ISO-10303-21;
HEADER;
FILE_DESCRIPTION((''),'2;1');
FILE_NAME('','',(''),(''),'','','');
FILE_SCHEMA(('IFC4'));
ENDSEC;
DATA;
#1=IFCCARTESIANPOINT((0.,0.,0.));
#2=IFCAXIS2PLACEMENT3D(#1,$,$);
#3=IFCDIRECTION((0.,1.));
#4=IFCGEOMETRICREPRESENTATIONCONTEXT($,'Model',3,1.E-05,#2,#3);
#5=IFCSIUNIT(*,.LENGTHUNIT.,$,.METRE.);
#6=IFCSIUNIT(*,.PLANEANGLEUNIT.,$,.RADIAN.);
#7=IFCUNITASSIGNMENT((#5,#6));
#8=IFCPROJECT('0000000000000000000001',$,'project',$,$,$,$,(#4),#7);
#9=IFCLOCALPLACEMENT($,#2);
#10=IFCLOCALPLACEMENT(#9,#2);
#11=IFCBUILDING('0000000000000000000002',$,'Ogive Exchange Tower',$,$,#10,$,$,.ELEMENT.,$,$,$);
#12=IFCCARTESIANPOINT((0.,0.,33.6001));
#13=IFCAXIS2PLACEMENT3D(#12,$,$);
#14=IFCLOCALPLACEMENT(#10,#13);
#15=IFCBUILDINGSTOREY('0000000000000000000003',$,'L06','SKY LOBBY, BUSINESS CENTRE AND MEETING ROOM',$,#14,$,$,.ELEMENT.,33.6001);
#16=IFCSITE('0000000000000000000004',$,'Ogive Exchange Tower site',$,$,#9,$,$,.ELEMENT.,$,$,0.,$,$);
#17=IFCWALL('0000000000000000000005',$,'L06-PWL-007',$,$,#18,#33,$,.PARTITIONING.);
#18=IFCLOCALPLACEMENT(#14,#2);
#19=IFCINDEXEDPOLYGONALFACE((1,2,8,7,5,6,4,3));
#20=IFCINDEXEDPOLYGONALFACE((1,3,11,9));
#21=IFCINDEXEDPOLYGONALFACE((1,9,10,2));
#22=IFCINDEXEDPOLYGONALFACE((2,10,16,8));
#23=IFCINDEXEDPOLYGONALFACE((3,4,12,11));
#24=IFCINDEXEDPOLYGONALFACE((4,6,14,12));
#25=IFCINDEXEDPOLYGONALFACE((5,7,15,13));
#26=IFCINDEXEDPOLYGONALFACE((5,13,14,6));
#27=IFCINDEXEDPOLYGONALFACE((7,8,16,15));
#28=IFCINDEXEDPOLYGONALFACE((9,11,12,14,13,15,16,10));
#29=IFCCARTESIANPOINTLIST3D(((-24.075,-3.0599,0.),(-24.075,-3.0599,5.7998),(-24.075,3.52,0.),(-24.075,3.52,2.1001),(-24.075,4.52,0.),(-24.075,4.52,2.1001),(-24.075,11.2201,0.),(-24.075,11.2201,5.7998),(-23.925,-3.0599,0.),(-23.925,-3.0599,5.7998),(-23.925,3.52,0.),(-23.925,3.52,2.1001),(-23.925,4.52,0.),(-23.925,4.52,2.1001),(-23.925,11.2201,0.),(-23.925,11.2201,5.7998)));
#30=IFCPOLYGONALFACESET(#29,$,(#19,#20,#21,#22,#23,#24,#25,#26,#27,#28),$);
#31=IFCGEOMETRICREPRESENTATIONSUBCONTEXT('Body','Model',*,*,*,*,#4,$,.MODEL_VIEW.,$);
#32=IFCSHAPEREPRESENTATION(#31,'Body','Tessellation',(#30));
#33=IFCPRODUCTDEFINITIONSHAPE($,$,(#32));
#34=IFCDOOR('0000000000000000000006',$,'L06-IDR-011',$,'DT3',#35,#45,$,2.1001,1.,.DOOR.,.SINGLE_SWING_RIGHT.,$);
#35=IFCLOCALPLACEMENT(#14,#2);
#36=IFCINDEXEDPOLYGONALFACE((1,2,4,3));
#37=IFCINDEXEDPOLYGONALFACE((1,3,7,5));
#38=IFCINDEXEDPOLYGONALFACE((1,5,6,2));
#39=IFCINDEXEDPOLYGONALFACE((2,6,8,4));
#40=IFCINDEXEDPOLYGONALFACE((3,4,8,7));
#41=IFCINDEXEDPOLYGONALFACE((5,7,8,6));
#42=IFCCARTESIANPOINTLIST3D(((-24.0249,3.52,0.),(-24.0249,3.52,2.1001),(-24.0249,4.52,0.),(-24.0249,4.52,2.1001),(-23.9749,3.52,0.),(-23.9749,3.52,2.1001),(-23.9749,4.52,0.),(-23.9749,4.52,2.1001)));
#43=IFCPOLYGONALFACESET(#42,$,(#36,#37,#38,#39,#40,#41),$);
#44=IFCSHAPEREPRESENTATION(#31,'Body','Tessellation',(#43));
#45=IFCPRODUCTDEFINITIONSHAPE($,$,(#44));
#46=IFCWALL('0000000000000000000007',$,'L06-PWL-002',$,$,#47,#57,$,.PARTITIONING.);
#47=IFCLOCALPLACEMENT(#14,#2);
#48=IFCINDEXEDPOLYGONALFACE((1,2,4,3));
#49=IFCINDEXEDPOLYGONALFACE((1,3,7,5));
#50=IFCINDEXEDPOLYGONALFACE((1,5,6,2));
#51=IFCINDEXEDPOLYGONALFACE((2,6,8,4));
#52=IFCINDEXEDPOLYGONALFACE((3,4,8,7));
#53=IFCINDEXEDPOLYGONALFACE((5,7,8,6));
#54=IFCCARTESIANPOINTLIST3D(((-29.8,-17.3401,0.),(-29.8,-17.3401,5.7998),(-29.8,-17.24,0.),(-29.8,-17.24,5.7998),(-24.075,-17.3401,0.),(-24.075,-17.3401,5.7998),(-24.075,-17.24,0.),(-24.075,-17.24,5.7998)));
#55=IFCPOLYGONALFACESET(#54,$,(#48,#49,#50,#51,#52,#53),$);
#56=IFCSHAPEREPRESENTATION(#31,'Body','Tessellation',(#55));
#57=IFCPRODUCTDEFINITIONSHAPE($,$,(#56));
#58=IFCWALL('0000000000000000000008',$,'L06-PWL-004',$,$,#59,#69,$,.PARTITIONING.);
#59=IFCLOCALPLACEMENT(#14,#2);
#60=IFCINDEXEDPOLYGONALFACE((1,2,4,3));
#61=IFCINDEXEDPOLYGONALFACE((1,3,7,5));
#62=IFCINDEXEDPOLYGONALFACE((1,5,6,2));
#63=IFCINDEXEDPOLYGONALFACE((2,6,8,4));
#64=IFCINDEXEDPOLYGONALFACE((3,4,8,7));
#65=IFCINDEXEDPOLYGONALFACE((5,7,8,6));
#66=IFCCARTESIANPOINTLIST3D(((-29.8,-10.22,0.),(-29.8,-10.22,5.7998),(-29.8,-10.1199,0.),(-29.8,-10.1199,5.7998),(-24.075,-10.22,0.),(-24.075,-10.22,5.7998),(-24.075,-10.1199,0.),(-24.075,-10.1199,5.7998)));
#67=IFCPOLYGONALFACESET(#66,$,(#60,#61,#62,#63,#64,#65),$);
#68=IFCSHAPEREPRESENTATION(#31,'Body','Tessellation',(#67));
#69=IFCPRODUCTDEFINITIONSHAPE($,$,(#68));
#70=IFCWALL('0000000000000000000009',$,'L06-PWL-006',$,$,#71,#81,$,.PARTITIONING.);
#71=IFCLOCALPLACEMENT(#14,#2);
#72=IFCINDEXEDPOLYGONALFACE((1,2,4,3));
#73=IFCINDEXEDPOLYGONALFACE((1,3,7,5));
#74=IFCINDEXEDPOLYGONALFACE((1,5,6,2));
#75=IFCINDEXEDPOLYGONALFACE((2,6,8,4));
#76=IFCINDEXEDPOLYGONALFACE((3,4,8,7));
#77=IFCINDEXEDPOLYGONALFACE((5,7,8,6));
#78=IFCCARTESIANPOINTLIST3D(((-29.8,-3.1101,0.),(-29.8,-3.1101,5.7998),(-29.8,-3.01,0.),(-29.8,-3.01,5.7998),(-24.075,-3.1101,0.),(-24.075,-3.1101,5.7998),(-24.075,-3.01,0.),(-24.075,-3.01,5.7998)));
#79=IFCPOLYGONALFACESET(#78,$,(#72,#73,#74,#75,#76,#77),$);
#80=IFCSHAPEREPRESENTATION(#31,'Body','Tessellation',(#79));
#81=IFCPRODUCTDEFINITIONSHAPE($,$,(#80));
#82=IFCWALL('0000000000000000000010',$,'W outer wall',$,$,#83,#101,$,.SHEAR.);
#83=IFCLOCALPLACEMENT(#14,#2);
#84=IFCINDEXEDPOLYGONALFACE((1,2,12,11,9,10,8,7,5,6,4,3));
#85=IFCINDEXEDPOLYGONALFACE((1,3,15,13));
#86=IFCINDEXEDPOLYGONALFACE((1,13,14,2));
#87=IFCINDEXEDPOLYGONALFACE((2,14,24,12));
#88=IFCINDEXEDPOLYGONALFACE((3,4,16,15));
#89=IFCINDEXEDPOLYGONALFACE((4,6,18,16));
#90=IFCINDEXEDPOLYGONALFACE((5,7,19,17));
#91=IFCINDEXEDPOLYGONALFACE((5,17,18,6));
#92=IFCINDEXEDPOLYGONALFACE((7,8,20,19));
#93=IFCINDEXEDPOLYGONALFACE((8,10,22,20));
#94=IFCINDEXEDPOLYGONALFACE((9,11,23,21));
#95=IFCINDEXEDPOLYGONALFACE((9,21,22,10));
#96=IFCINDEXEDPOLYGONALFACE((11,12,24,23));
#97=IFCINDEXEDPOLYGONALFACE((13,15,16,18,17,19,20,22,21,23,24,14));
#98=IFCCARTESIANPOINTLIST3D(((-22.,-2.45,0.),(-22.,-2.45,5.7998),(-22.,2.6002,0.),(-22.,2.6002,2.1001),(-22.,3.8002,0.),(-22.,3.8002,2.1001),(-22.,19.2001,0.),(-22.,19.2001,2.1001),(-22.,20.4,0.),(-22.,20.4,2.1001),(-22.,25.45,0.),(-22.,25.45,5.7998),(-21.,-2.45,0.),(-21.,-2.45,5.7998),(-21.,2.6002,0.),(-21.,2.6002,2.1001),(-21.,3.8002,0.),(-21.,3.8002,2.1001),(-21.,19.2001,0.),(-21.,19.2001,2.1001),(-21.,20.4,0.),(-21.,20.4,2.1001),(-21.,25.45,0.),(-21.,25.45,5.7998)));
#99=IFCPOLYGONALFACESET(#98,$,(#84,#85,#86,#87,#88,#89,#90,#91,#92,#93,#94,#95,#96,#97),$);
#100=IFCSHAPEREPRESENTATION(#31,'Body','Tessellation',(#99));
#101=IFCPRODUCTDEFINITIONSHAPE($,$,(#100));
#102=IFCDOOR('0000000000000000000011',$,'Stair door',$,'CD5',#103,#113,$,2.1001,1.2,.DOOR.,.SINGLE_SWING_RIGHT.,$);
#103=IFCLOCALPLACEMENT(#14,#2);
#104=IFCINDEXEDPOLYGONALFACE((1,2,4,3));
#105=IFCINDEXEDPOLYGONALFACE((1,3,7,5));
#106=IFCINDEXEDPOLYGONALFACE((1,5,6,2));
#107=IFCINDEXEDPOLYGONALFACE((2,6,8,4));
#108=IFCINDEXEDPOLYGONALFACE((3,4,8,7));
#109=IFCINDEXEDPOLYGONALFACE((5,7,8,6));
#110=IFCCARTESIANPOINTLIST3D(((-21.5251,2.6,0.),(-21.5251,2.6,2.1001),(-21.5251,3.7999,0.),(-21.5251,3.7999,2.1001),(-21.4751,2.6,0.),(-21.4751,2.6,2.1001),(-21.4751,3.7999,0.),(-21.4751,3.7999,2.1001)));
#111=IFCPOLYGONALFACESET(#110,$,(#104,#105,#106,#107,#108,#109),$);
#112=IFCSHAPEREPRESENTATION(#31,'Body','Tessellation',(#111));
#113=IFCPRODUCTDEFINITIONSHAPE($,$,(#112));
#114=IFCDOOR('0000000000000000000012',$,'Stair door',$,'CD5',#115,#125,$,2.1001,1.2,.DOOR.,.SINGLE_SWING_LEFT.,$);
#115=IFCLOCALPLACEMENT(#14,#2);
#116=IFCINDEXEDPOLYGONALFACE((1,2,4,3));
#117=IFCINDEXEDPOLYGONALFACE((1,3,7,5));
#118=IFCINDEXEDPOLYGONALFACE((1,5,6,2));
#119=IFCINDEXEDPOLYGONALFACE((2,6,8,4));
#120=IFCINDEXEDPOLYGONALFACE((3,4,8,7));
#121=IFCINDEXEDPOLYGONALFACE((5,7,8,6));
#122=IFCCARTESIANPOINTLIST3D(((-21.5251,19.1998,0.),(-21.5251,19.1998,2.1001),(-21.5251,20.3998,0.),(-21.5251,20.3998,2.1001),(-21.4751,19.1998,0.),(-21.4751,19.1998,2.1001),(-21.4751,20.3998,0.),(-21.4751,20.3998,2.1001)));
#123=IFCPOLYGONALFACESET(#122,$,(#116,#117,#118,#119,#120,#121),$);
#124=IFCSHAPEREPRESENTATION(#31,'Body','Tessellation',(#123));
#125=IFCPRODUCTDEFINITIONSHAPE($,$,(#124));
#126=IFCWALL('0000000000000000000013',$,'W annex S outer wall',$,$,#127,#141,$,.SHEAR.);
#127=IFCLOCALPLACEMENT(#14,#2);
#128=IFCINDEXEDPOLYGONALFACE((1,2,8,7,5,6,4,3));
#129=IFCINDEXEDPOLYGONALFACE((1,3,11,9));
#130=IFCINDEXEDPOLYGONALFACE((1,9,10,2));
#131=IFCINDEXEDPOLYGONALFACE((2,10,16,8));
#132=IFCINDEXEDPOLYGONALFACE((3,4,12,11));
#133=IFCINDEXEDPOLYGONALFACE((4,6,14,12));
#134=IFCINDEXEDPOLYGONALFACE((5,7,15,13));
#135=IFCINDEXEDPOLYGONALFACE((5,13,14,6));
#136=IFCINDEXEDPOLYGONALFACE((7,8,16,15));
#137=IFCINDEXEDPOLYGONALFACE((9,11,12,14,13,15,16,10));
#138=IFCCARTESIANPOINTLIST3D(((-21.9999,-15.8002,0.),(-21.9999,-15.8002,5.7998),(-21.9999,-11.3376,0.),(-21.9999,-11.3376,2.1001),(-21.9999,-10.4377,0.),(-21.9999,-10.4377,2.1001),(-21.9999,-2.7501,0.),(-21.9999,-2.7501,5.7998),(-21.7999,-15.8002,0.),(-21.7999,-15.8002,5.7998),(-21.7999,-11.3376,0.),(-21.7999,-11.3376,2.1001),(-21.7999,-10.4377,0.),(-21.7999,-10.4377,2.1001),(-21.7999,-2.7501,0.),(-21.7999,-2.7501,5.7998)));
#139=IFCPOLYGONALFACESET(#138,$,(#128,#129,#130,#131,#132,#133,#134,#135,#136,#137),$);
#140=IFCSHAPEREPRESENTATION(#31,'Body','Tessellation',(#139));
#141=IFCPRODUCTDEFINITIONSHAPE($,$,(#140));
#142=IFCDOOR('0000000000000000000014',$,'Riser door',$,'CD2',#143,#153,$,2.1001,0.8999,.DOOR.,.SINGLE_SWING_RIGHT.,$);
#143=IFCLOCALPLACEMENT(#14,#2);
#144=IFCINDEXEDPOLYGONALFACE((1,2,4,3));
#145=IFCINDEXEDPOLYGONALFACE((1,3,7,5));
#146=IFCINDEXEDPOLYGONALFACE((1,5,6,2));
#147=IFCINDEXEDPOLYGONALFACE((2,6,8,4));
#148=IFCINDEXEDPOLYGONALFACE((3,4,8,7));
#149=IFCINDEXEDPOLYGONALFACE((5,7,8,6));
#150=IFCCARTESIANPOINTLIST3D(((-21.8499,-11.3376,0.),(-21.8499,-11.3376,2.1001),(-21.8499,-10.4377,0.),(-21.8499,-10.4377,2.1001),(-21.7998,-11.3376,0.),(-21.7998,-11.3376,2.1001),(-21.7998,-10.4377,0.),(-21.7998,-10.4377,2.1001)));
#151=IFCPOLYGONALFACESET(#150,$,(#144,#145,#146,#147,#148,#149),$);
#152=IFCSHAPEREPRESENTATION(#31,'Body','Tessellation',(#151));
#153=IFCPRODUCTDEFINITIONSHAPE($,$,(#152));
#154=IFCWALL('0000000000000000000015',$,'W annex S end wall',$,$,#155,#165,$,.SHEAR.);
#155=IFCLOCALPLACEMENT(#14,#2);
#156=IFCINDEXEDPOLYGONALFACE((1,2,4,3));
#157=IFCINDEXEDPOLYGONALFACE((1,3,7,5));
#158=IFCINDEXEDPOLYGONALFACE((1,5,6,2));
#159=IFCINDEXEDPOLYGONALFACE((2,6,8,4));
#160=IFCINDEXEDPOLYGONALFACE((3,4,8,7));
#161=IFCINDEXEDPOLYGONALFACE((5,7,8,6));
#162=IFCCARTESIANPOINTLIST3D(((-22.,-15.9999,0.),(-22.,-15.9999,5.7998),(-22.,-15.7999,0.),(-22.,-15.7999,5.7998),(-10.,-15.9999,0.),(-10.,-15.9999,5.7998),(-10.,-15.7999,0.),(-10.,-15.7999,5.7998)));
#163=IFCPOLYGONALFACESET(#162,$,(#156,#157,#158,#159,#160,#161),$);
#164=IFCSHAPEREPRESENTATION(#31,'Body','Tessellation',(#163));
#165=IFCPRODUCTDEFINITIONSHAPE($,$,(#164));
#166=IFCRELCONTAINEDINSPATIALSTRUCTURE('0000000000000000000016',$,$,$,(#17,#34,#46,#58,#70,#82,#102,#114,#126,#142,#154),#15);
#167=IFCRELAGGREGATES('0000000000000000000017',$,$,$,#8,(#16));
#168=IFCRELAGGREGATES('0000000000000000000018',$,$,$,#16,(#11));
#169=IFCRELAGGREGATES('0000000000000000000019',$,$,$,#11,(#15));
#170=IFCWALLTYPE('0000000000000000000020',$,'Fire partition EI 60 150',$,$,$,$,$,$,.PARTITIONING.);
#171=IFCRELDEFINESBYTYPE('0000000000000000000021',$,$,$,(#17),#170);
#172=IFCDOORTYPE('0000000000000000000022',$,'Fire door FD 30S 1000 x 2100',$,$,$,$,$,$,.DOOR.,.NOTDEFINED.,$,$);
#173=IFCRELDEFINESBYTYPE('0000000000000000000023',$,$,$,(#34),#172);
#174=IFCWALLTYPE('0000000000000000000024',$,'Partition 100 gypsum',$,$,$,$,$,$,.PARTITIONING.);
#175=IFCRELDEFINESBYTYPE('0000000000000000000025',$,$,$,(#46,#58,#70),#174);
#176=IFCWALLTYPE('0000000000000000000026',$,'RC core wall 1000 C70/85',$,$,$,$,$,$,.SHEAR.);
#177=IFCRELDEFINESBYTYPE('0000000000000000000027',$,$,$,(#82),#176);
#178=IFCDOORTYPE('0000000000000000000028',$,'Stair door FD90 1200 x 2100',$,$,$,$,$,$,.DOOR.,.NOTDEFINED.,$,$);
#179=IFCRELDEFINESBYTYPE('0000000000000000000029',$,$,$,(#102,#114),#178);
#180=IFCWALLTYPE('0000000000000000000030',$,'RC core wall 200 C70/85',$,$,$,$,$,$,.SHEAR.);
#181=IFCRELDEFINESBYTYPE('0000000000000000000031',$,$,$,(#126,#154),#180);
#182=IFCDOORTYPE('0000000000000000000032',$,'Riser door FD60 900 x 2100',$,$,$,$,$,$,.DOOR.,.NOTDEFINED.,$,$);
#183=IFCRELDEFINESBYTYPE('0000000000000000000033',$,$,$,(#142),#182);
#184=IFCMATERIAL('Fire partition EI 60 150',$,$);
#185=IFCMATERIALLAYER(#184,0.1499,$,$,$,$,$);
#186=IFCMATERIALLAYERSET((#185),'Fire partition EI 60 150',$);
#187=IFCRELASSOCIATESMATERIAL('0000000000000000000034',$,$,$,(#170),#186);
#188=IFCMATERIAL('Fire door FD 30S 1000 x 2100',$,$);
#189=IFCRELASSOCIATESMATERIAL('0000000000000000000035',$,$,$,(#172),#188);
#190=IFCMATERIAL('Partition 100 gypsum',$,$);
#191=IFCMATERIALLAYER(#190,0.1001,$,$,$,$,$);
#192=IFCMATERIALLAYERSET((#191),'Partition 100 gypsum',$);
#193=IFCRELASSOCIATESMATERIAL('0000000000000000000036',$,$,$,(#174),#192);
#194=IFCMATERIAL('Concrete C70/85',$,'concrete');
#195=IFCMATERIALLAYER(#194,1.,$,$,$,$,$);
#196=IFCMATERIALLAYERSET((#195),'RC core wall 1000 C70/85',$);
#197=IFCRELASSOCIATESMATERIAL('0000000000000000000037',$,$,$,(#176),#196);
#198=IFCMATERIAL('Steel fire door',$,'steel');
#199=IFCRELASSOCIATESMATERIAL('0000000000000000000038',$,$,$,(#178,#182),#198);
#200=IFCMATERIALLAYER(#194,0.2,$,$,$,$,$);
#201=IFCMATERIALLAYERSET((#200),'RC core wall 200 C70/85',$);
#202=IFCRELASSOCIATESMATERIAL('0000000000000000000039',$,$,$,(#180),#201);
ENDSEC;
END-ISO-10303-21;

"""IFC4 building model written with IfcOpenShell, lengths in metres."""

from ifc_helpers import new_model, si_unit, direction, frame, frame_2d, origin, place, context, subcontext, project, spatial, rectangle, extrude, material, layer, layer_set, type_object, element, fill, save


model = new_model("IFC4")

# Units and contexts
model_context = context("Model", 3, precision=1e-05, world=origin(), true_north=direction((0.0, 1.0)))
body_context = subcontext(model_context, "Body", "Model", "MODEL_VIEW")
ifc_project = project(units=[si_unit("LENGTHUNIT", "METRE"), si_unit("PLANEANGLEUNIT", "RADIAN")], contexts=[model_context])

# Site, building, storey
site_placement = place(None, origin())
site = spatial("IfcSite", under=ifc_project, at=site_placement, Name="Ogive Exchange Tower site", CompositionType="ELEMENT", RefElevation=0.0)
building_placement = place(site_placement, origin())
building = spatial("IfcBuilding", under=site, at=building_placement, Name="Ogive Exchange Tower", CompositionType="ELEMENT")
storey_placement = place(building_placement, frame((0.0, 0.0, 33.6001)))
storey = spatial("IfcBuildingStorey", under=building, at=storey_placement, Name="L06", Description="SKY LOBBY, BUSINESS CENTRE AND MEETING ROOM", CompositionType="ELEMENT", Elevation=33.6001)

# Wall, opening, door
ifc_material_1 = material(Name="Fire partition EI 60 150")
ifc_layer_1 = layer(ifc_material_1, 0.1499)
ifc_layer_set_1 = layer_set([ifc_layer_1], Name="Fire partition EI 60 150")
wall_type_1 = type_object("IfcWallType", Name="Fire partition EI 60 150", PredefinedType="PARTITIONING", material=ifc_layer_set_1)
ifc_material_2 = material(Name="Fire door FD 30S 1000 x 2100")
door_type_1 = type_object("IfcDoorType", Name="Fire door FD 30S 1000 x 2100", OperationType="NOTDEFINED", PredefinedType="DOOR", material=ifc_material_2)
wall_1_placement = place(storey_placement, frame((-24.0, -3.0601, 0.0), z_axis=(0.0, 0.0, 1.0), x_axis=(0.0, 1.0, 0.0)))
wall_1 = element("IfcWall", 1, at=wall_1_placement, inside=storey, type_object=wall_type_1, Name="L06-PWL-007", PredefinedType="PARTITIONING", context=body_context, shape_type="SweptSolid", body=[
    extrude(rectangle(XDim=14.28, YDim=0.1499, at=frame_2d((7.1401, 0.0))), origin(), (0.0, 0.0, 1.0), 5.7998),
])
opening_1_placement = place(wall_1_placement, frame((6.5801, 0.0, 0.0)))
opening_1 = element("IfcOpeningElement", 2, at=opening_1_placement, cuts=wall_1, PredefinedType="OPENING", context=body_context, shape_type="SweptSolid", body=[
    extrude(rectangle(XDim=1.0, YDim=2.1001, at=frame_2d((0.5, 1.05))), frame((0.0, 0.085, 0.0), z_axis=(0.0, -1.0, 0.0), x_axis=(1.0, 0.0, 0.0)), (0.0, 0.0, 1.0), 0.1699),
])
door_1_placement = place(opening_1_placement, origin())
door_1 = element("IfcDoor", 3, at=door_1_placement, inside=storey, type_object=door_type_1, Name="L06-IDR-011", ObjectType="DT3", OperationType="SINGLE_SWING_RIGHT", OverallHeight=2.1001, OverallWidth=1.0, PredefinedType="DOOR", context=body_context, shape_type="SweptSolid", body=[
    extrude(rectangle(XDim=1.0, YDim=2.1001, at=frame_2d((0.5, 1.05))), frame((0.0, 0.0249, 0.0), z_axis=(0.0, -1.0, 0.0), x_axis=(1.0, 0.0, 0.0)), (0.0, 0.0, 1.0), 0.05),
])
fill(opening_1, door_1)

# Walls
ifc_material_3 = material(Name="Partition 100 gypsum")
ifc_layer_2 = layer(ifc_material_3, 0.1001)
ifc_layer_set_2 = layer_set([ifc_layer_2], Name="Partition 100 gypsum")
wall_type_2 = type_object("IfcWallType", Name="Partition 100 gypsum", PredefinedType="PARTITIONING", material=ifc_layer_set_2)
for number, where, z_axis, x_axis, name in (
    (4, (-24.075, -17.29, 0.0), (0.0, 0.0, 1.0), (-1.0, 0.0, 0.0), "L06-PWL-002"),
    (5, (-24.075, -10.1699, 0.0), (0.0, 0.0, 1.0), (-1.0, 0.0, 0.0), "L06-PWL-004"),
    (6, (-24.075, -3.0601, 0.0), (0.0, 0.0, 1.0), (-1.0, 0.0, 0.0), "L06-PWL-006"),
):
    element("IfcWall", number, at=place(storey_placement, frame(where, z_axis=z_axis, x_axis=x_axis)), inside=storey, type_object=wall_type_2, Name=name, PredefinedType="PARTITIONING", context=body_context, shape_type="SweptSolid", body=[
        extrude(rectangle(XDim=5.7251, YDim=0.1001, at=frame_2d((2.8625, 0.0))), origin(), (0.0, 0.0, 1.0), 5.7998),
    ])

# Wall, openings, doors
ifc_material_4 = material(Name="Concrete C70/85", Category="concrete")
ifc_layer_3 = layer(ifc_material_4, 1.0)
ifc_layer_set_3 = layer_set([ifc_layer_3], Name="RC core wall 1000 C70/85")
wall_type_3 = type_object("IfcWallType", Name="RC core wall 1000 C70/85", PredefinedType="SHEAR", material=ifc_layer_set_3)
wall_2_placement = place(storey_placement, frame((-21.5, -2.45, 0.0), z_axis=(0.0, 0.0, 1.0), x_axis=(0.0, 1.0, 0.0)))
wall_2 = element("IfcWall", 7, at=wall_2_placement, inside=storey, type_object=wall_type_3, Name="W outer wall", PredefinedType="SHEAR", context=body_context, shape_type="SweptSolid", body=[
    extrude(rectangle(XDim=27.8999, YDim=1.0, at=frame_2d((13.95, 0.0))), origin(), (0.0, 0.0, 1.0), 5.7998),
])
opening_2_placement = place(wall_2_placement, frame((5.05, 0.0, 0.0)))
opening_2 = element("IfcOpeningElement", 8, at=opening_2_placement, cuts=wall_2, PredefinedType="OPENING", context=body_context, shape_type="SweptSolid", body=[
    extrude(rectangle(XDim=1.2, YDim=2.1001, at=frame_2d((0.6001, 1.05))), frame((0.0, 0.51, 0.0), z_axis=(0.0, -1.0, 0.0), x_axis=(1.0, 0.0, 0.0)), (0.0, 0.0, 1.0), 1.02),
])
opening_3_placement = place(wall_2_placement, frame((21.6499, 0.0, 0.0)))
opening_3 = element("IfcOpeningElement", 9, at=opening_3_placement, cuts=wall_2, PredefinedType="OPENING", context=body_context, shape_type="SweptSolid", body=[
    extrude(rectangle(XDim=1.2, YDim=2.1001, at=frame_2d((0.6001, 1.05))), frame((0.0, 0.51, 0.0), z_axis=(0.0, -1.0, 0.0), x_axis=(1.0, 0.0, 0.0)), (0.0, 0.0, 1.0), 1.02),
])
ifc_material_5 = material(Name="Steel fire door", Category="steel")
door_type_2 = type_object("IfcDoorType", Name="Stair door FD90 1200 x 2100", OperationType="NOTDEFINED", PredefinedType="DOOR", material=ifc_material_5)
door_2_placement = place(opening_2_placement, frame((1.2, 0.0, 0.0), z_axis=(0.0, 0.0, 1.0), x_axis=(-1.0, 0.0, 0.0)))
door_2 = element("IfcDoor", 10, at=door_2_placement, inside=storey, type_object=door_type_2, Name="Stair door", ObjectType="CD5", OperationType="SINGLE_SWING_RIGHT", OverallHeight=2.1001, OverallWidth=1.2, PredefinedType="DOOR", context=body_context, shape_type="SweptSolid", body=[
    extrude(rectangle(XDim=1.2, YDim=2.1001, at=frame_2d((0.6001, 1.05))), frame((0.0, 0.0249, 0.0), z_axis=(0.0, -1.0, 0.0), x_axis=(1.0, 0.0, 0.0)), (0.0, 0.0, 1.0), 0.05),
])
fill(opening_2, door_2)
door_3_placement = place(opening_3_placement, frame((1.2, 0.0, 0.0), z_axis=(0.0, 0.0, 1.0), x_axis=(-1.0, 0.0, 0.0)))
door_3 = element("IfcDoor", 11, at=door_3_placement, inside=storey, type_object=door_type_2, Name="Stair door", ObjectType="CD5", OperationType="SINGLE_SWING_LEFT", OverallHeight=2.1001, OverallWidth=1.2, PredefinedType="DOOR", context=body_context, shape_type="SweptSolid", body=[
    extrude(rectangle(XDim=1.2, YDim=2.1001, at=frame_2d((0.6001, 1.05))), frame((0.0, 0.0249, 0.0), z_axis=(0.0, -1.0, 0.0), x_axis=(1.0, 0.0, 0.0)), (0.0, 0.0, 1.0), 0.05),
])
fill(opening_3, door_3)

# Wall, opening, door
ifc_layer_4 = layer(ifc_material_4, 0.2)
ifc_layer_set_4 = layer_set([ifc_layer_4], Name="RC core wall 200 C70/85")
wall_type_4 = type_object("IfcWallType", Name="RC core wall 200 C70/85", PredefinedType="SHEAR", material=ifc_layer_set_4)
wall_3_placement = place(storey_placement, frame((-21.8999, -15.8, 0.0), z_axis=(0.0, 0.0, 1.0), x_axis=(0.0, 1.0, 0.0)))
wall_3 = element("IfcWall", 12, at=wall_3_placement, inside=storey, type_object=wall_type_4, Name="W annex S outer wall", PredefinedType="SHEAR", context=body_context, shape_type="SweptSolid", body=[
    extrude(rectangle(XDim=13.05, YDim=0.2, at=frame_2d((6.5249, 0.0))), origin(), (0.0, 0.0, 1.0), 5.7998),
])
opening_4_placement = place(wall_3_placement, frame((4.4624, 0.0, 0.0)))
opening_4 = element("IfcOpeningElement", 13, at=opening_4_placement, cuts=wall_3, PredefinedType="OPENING", context=body_context, shape_type="SweptSolid", body=[
    extrude(rectangle(XDim=0.8999, YDim=2.1001, at=frame_2d((0.45, 1.05))), frame((0.0, 0.1099, 0.0), z_axis=(0.0, -1.0, 0.0), x_axis=(1.0, 0.0, 0.0)), (0.0, 0.0, 1.0), 0.22),
])
door_type_3 = type_object("IfcDoorType", Name="Riser door FD60 900 x 2100", OperationType="NOTDEFINED", PredefinedType="DOOR", material=ifc_material_5)
door_4_placement = place(opening_4_placement, frame((0.8999, -0.1499, 0.0), z_axis=(0.0, 0.0, 1.0), x_axis=(-1.0, 0.0, 0.0)))
door_4 = element("IfcDoor", 14, at=door_4_placement, inside=storey, type_object=door_type_3, Name="Riser door", ObjectType="CD2", OperationType="SINGLE_SWING_RIGHT", OverallHeight=2.1001, OverallWidth=0.8999, PredefinedType="DOOR", context=body_context, shape_type="SweptSolid", body=[
    extrude(rectangle(XDim=0.8999, YDim=2.1001, at=frame_2d((0.45, 1.05))), frame((0.0, -0.0498, 0.0), z_axis=(0.0, -1.0, 0.0), x_axis=(1.0, 0.0, 0.0)), (0.0, 0.0, 1.0), 0.05),
])
fill(opening_4, door_4)

# Wall
wall_4_placement = place(storey_placement, frame((-22.0, -15.8999, 0.0), z_axis=(0.0, 0.0, 1.0), x_axis=(1.0, 0.0, 0.0)))
element("IfcWall", 15, at=wall_4_placement, inside=storey, type_object=wall_type_4, Name="W annex S end wall", PredefinedType="SHEAR", context=body_context, shape_type="SweptSolid", body=[
    extrude(rectangle(XDim=12.0, YDim=0.2, at=frame_2d((6.0, 0.0))), origin(), (0.0, 0.0, 1.0), 5.7998),
])

save(model, "model.ifc")
